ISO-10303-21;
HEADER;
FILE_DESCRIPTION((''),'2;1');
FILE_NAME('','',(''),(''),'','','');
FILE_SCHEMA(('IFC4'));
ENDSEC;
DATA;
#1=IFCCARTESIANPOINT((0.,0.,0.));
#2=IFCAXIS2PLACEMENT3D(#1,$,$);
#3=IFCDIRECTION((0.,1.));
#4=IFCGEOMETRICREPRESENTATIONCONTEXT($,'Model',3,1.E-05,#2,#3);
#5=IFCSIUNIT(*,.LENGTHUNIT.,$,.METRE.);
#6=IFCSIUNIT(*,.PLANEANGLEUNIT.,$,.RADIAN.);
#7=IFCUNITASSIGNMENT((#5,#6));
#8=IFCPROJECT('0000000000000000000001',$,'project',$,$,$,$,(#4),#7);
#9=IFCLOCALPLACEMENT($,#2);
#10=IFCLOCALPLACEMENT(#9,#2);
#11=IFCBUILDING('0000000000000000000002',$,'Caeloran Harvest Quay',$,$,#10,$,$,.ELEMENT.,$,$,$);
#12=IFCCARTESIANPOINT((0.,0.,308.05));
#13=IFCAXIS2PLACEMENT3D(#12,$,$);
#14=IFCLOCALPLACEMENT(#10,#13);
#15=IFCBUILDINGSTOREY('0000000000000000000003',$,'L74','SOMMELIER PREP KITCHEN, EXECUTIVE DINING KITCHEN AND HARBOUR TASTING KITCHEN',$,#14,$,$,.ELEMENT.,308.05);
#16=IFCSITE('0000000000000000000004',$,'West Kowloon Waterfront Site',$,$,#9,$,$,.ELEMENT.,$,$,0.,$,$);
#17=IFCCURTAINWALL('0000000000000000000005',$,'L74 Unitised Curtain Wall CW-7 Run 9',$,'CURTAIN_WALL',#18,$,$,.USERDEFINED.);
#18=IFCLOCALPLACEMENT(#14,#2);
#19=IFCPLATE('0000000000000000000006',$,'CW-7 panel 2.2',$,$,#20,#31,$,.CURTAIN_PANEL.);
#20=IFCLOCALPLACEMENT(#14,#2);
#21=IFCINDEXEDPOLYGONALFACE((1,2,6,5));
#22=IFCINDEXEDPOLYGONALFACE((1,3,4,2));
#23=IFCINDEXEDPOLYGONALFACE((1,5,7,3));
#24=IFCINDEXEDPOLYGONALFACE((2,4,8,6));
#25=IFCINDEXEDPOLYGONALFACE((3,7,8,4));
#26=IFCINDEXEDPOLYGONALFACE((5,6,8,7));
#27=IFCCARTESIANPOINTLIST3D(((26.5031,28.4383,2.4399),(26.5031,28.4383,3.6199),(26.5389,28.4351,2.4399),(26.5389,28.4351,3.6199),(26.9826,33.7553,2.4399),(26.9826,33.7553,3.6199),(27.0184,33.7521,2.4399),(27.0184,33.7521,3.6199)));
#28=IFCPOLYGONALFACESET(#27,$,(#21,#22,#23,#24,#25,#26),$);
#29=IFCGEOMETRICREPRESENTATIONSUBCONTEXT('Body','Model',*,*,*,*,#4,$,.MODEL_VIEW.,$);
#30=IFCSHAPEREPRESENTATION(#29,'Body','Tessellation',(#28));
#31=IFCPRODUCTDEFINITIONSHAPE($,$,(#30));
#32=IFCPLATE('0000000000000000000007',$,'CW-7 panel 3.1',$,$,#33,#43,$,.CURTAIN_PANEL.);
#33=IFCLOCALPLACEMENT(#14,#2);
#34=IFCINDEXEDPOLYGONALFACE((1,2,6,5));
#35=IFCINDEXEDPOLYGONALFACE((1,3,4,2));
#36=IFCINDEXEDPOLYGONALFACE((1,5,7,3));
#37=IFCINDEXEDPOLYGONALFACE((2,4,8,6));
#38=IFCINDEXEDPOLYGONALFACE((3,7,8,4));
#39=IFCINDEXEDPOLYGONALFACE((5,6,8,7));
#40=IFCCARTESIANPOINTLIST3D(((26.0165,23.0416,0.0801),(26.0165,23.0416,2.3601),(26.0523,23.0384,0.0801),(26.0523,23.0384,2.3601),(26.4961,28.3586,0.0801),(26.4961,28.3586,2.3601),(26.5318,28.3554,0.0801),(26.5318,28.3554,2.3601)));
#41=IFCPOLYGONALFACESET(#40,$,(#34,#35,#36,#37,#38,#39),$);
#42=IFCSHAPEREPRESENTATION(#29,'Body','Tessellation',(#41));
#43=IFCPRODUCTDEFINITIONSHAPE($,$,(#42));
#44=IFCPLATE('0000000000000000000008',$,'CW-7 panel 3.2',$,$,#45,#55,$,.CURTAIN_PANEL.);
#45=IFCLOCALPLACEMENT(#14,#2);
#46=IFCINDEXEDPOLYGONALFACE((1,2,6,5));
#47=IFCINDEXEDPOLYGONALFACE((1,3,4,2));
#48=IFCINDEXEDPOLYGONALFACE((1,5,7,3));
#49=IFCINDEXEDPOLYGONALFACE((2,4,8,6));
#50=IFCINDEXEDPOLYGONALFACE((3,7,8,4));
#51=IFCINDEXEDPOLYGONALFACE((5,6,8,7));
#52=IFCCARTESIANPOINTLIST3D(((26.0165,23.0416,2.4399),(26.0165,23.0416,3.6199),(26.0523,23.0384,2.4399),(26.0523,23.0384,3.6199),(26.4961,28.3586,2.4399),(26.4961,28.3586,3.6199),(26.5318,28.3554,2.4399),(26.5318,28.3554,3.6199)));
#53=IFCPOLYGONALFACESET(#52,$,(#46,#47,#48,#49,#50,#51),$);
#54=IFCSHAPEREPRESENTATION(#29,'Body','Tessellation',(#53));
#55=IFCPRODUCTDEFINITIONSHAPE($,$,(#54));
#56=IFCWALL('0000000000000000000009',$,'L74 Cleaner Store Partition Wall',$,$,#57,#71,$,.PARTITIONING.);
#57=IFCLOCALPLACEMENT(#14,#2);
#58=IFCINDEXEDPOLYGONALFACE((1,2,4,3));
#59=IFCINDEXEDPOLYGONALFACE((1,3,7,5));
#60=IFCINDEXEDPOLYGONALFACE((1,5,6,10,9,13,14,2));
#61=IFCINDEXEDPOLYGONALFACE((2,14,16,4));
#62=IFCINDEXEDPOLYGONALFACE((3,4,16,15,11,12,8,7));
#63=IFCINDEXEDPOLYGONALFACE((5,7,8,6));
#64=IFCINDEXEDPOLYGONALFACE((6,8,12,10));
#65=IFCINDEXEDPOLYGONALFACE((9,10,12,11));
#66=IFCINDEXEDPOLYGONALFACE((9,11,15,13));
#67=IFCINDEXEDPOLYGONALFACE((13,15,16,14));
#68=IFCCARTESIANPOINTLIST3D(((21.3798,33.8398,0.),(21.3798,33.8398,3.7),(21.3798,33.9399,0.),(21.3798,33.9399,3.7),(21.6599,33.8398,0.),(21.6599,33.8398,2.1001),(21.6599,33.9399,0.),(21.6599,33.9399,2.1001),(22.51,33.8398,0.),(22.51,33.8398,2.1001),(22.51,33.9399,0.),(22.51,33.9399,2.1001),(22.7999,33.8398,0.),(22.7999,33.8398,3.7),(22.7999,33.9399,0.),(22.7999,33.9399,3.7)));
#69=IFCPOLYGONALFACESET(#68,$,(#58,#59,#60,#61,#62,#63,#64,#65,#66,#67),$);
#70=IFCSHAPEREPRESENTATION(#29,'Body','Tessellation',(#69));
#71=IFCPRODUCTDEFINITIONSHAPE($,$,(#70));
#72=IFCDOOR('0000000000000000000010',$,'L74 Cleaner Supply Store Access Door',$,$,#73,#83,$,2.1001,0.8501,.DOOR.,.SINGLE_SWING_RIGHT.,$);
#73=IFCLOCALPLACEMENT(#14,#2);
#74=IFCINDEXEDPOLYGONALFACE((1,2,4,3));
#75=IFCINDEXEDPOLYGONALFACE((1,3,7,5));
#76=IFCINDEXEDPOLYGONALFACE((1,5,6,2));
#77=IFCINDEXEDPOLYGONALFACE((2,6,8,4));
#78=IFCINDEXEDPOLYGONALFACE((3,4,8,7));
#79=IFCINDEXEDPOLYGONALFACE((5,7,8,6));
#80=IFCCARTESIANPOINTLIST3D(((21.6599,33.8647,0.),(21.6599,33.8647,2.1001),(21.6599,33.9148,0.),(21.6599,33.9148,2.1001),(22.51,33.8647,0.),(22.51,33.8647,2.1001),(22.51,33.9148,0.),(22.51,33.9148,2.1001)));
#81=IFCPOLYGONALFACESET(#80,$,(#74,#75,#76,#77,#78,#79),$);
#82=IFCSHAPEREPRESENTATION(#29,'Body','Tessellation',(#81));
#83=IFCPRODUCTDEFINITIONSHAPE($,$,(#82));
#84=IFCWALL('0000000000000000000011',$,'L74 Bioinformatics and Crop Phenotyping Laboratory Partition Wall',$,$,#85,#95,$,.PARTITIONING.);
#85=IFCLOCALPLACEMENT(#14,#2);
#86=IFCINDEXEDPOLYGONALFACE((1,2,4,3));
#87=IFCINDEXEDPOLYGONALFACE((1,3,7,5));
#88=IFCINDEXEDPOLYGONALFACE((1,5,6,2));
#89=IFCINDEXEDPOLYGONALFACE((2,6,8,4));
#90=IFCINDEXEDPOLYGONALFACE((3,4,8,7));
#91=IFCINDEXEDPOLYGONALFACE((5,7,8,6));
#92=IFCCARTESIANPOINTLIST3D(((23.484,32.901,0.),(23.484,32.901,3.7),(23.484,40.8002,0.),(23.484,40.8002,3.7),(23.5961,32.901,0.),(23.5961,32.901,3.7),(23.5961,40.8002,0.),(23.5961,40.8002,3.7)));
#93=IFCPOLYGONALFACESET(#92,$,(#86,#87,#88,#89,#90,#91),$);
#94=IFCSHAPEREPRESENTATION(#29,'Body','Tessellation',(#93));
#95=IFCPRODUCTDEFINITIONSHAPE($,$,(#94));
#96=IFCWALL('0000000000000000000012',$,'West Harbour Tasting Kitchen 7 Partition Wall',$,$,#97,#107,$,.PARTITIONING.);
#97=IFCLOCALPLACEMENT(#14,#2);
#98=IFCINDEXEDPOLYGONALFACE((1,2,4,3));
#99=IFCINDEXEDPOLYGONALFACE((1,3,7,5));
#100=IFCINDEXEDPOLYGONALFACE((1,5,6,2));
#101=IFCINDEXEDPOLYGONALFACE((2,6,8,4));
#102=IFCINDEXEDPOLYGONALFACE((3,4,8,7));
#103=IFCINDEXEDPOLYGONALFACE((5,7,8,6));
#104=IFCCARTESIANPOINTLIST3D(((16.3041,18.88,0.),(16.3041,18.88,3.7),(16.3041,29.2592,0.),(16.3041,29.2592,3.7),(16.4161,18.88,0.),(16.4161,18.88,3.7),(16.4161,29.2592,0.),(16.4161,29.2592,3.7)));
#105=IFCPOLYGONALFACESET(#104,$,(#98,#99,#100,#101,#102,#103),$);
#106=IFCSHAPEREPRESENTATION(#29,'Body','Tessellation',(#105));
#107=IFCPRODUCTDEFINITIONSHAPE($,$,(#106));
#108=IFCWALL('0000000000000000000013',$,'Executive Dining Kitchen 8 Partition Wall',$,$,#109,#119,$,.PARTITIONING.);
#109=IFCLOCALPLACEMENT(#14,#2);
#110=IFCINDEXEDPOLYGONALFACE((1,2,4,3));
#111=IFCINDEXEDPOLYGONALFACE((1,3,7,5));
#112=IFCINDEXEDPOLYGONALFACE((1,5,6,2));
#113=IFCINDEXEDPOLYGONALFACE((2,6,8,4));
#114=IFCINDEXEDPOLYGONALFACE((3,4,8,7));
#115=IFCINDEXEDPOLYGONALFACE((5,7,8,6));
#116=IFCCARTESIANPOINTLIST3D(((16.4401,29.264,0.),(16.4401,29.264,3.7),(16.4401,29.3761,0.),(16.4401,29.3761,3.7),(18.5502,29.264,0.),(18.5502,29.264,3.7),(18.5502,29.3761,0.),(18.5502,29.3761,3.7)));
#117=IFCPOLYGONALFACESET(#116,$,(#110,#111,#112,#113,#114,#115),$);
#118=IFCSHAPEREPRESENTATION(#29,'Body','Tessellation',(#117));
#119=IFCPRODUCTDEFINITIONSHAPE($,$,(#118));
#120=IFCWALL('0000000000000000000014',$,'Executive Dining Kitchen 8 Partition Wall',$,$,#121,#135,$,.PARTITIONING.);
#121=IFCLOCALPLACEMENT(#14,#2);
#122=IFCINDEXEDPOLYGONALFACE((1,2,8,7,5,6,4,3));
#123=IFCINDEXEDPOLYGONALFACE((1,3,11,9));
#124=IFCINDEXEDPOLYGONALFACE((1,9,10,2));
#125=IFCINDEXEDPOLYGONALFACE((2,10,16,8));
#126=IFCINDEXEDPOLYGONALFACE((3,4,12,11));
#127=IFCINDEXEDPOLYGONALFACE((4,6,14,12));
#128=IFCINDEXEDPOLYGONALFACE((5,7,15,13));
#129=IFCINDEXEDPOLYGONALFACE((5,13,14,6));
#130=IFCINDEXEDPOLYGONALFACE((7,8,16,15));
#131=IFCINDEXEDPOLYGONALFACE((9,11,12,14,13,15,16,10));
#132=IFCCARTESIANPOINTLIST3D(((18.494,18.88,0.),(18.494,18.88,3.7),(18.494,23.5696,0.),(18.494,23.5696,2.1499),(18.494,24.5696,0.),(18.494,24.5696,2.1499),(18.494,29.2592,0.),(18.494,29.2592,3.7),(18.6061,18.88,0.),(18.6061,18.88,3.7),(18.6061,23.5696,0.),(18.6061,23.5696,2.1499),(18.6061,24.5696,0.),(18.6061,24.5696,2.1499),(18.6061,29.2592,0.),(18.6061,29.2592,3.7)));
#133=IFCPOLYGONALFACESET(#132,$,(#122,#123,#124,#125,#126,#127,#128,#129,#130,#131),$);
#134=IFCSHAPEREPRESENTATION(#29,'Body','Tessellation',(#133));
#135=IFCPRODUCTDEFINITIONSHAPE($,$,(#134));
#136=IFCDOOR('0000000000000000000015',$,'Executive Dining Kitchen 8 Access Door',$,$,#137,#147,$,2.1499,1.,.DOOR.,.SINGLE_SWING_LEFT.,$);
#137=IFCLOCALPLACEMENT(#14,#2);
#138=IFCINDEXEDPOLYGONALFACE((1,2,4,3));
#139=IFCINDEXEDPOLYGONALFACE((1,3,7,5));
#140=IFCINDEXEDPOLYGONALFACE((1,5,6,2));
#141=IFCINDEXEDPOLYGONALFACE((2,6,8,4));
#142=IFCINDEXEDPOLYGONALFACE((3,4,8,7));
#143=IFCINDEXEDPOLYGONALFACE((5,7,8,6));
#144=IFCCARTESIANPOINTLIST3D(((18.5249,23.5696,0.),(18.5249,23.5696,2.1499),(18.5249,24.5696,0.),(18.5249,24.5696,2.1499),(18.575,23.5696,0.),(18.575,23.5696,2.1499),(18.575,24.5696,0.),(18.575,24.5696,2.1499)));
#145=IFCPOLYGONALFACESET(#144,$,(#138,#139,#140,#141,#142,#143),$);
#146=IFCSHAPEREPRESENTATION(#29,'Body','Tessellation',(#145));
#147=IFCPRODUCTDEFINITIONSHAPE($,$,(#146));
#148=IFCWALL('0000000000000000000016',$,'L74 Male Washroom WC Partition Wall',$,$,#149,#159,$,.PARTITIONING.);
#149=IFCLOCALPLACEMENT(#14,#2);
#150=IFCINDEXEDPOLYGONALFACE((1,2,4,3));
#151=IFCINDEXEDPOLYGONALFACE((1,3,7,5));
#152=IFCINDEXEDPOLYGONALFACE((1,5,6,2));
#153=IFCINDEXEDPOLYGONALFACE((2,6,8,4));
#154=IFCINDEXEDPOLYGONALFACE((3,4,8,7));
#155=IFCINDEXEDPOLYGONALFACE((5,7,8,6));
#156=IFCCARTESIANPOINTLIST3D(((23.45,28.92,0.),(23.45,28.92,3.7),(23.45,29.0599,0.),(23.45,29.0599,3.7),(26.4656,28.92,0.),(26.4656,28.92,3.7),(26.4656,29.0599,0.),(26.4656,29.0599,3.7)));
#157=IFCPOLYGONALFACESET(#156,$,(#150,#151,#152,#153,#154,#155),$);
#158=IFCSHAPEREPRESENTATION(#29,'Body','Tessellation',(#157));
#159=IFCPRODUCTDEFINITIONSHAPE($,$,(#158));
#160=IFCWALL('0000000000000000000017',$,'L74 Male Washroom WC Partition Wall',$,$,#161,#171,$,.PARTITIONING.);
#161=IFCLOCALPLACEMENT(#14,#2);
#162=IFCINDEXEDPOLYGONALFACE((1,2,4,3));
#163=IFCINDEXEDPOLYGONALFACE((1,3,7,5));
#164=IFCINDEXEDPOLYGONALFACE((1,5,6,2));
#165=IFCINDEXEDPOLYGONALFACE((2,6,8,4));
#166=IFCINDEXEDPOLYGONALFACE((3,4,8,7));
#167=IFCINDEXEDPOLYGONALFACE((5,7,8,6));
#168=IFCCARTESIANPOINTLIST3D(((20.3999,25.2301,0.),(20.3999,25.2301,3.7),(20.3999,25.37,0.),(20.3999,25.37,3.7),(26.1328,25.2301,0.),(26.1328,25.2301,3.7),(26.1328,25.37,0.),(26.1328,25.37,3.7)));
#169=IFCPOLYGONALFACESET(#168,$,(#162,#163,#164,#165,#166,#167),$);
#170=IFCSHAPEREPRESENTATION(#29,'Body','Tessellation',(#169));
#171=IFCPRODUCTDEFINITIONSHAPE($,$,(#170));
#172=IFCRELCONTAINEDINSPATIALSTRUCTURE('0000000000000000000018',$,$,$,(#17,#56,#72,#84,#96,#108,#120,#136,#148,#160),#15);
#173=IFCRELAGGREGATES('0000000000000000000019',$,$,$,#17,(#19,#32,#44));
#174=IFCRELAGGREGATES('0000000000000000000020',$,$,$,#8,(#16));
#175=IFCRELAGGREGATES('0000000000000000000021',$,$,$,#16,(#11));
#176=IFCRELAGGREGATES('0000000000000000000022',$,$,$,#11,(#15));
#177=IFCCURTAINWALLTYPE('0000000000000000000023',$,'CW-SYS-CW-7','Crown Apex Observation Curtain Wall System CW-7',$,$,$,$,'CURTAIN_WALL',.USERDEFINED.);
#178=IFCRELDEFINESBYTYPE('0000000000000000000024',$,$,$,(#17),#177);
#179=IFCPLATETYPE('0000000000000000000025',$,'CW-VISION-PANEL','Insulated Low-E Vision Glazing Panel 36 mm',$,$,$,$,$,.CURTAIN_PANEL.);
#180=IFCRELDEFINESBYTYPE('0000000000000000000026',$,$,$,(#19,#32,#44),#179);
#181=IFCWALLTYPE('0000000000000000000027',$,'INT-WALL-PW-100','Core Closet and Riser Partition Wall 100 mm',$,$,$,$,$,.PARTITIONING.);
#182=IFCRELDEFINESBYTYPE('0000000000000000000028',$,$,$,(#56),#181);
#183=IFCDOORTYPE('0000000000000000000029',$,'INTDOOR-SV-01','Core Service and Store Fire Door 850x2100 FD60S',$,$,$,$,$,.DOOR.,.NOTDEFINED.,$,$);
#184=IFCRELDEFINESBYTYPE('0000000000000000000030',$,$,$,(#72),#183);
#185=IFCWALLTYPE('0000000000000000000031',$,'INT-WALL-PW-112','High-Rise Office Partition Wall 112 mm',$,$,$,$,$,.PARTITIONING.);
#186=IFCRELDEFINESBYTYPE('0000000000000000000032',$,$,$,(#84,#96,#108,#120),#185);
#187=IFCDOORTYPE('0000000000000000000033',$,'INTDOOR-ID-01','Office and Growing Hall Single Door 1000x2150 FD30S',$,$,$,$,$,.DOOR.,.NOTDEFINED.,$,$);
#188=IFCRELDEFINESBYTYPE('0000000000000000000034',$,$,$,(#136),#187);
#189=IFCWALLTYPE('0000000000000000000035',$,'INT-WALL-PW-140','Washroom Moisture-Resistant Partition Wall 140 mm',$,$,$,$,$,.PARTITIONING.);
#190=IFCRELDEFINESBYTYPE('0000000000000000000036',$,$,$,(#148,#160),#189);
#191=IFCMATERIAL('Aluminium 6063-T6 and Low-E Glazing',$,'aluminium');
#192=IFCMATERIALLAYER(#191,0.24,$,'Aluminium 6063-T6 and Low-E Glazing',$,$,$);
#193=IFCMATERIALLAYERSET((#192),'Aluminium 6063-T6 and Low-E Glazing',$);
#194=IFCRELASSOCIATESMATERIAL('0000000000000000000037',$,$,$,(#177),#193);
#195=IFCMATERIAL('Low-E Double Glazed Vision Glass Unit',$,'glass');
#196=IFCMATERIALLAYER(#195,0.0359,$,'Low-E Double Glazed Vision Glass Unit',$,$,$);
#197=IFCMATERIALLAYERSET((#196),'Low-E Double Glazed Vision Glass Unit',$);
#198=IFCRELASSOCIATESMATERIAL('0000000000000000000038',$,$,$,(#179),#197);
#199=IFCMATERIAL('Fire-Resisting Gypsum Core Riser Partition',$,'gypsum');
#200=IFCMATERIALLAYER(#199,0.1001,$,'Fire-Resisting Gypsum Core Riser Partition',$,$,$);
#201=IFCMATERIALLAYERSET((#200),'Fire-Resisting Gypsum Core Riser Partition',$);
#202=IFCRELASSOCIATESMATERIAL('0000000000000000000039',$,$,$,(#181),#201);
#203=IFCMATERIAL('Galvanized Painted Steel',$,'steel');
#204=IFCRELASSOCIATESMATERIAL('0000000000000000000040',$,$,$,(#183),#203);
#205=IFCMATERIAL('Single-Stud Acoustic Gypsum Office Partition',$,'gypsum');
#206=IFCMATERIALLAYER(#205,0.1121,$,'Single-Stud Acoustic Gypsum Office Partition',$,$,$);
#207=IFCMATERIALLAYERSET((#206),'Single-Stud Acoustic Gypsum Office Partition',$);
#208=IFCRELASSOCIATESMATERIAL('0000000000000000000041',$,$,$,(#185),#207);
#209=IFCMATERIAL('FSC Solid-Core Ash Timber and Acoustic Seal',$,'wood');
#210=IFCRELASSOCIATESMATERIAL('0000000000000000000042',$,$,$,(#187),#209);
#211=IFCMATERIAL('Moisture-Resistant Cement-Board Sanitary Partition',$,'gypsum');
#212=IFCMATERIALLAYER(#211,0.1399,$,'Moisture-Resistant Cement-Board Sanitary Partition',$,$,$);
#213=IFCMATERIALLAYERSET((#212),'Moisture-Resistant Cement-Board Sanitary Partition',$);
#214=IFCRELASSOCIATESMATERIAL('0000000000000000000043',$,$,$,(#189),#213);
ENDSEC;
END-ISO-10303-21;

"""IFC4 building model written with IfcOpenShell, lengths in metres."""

from ifc_helpers import new_model, si_unit, direction, frame, frame_2d, origin, origin_2d, place, context, subcontext, project, spatial, rectangle, extrude, material, layer, layer_set, type_object, element, fill, aggregate, save


model = new_model("IFC4")

# Units and contexts
model_context = context("Model", 3, precision=1e-05, world=origin(), true_north=direction((0.0, 1.0)))
body_context = subcontext(model_context, "Body", "Model", "MODEL_VIEW")
ifc_project = project(units=[si_unit("LENGTHUNIT", "METRE"), si_unit("PLANEANGLEUNIT", "RADIAN")], contexts=[model_context])

# Site, building, storey
site_placement = place(None, origin())
site = spatial("IfcSite", under=ifc_project, at=site_placement, Name="West Kowloon Waterfront Site", CompositionType="ELEMENT", RefElevation=0.0)
building_placement = place(site_placement, origin())
building = spatial("IfcBuilding", under=site, at=building_placement, Name="Caeloran Harvest Quay", CompositionType="ELEMENT")
storey_placement = place(building_placement, frame((0.0, 0.0, 308.05)))
storey = spatial("IfcBuildingStorey", under=building, at=storey_placement, Name="L74", Description="SOMMELIER PREP KITCHEN, EXECUTIVE DINING KITCHEN AND HARBOUR TASTING KITCHEN", CompositionType="ELEMENT", Elevation=308.05)

# Curtain wall, plates
ifc_material_1 = material(Name="Aluminium 6063-T6 and Low-E Glazing", Category="aluminium")
ifc_layer_1 = layer(ifc_material_1, 0.24, Name="Aluminium 6063-T6 and Low-E Glazing")
ifc_layer_set_1 = layer_set([ifc_layer_1], Name="Aluminium 6063-T6 and Low-E Glazing")
curtain_wall_type = type_object("IfcCurtainWallType", Name="CW-SYS-CW-7", Description="Crown Apex Observation Curtain Wall System CW-7", ElementType="CURTAIN_WALL", PredefinedType="USERDEFINED", material=ifc_layer_set_1)
curtain_wall_placement = place(storey_placement, origin())
curtain_wall = element("IfcCurtainWall", 1, at=curtain_wall_placement, inside=storey, type_object=curtain_wall_type, Name="L74 Unitised Curtain Wall CW-7 Run 9", ObjectType="CURTAIN_WALL", PredefinedType="USERDEFINED")
ifc_material_2 = material(Name="Low-E Double Glazed Vision Glass Unit", Category="glass")
ifc_layer_2 = layer(ifc_material_2, 0.0359, Name="Low-E Double Glazed Vision Glass Unit")
ifc_layer_set_2 = layer_set([ifc_layer_2], Name="Low-E Double Glazed Vision Glass Unit")
plate_type = type_object("IfcPlateType", Name="CW-VISION-PANEL", Description="Insulated Low-E Vision Glazing Panel 36 mm", PredefinedType="CURTAIN_PANEL", material=ifc_layer_set_2)
plate_1_placement = place(storey_placement, frame((26.7607, 31.0952, 2.4399), z_axis=(0.0, 0.0, 1.0), x_axis=(-0.089821, -0.995958, 0.0)))
plate_1 = element("IfcPlate", 2, at=plate_1_placement, type_object=plate_type, Name="CW-7 panel 2.2", PredefinedType="CURTAIN_PANEL", context=body_context, shape_type="SweptSolid", body=[
    extrude(rectangle(XDim=5.3386, YDim=0.0359, at=origin_2d()), origin(), (0.0, 0.0, 1.0), 1.1799),
])
plate_2_placement = place(storey_placement, frame((26.2742, 25.6985, 0.0801), z_axis=(0.0, 0.0, 1.0), x_axis=(-0.089821, -0.995958, 0.0)))
plate_2 = element("IfcPlate", 3, at=plate_2_placement, type_object=plate_type, Name="CW-7 panel 3.1", PredefinedType="CURTAIN_PANEL", context=body_context, shape_type="SweptSolid", body=[
    extrude(rectangle(XDim=5.3386, YDim=0.0359, at=origin_2d()), origin(), (0.0, 0.0, 1.0), 2.28),
])
plate_3_placement = place(storey_placement, frame((26.2742, 25.6985, 2.4399), z_axis=(0.0, 0.0, 1.0), x_axis=(-0.089821, -0.995958, 0.0)))
plate_3 = element("IfcPlate", 4, at=plate_3_placement, type_object=plate_type, Name="CW-7 panel 3.2", PredefinedType="CURTAIN_PANEL", context=body_context, shape_type="SweptSolid", body=[
    extrude(rectangle(XDim=5.3386, YDim=0.0359, at=origin_2d()), origin(), (0.0, 0.0, 1.0), 1.1799),
])
aggregate(curtain_wall, [plate_1, plate_2, plate_3])

# Wall, opening, door
ifc_material_3 = material(Name="Fire-Resisting Gypsum Core Riser Partition", Category="gypsum")
ifc_layer_3 = layer(ifc_material_3, 0.1001, Name="Fire-Resisting Gypsum Core Riser Partition")
ifc_layer_set_3 = layer_set([ifc_layer_3], Name="Fire-Resisting Gypsum Core Riser Partition")
wall_type_1 = type_object("IfcWallType", Name="INT-WALL-PW-100", Description="Core Closet and Riser Partition Wall 100 mm", PredefinedType="PARTITIONING", material=ifc_layer_set_3)
wall_1_placement = place(storey_placement, frame((21.3799, 33.8899, 0.0), z_axis=(0.0, 0.0, 1.0), x_axis=(1.0, 0.0, 0.0)))
wall_1 = element("IfcWall", 5, at=wall_1_placement, inside=storey, type_object=wall_type_1, Name="L74 Cleaner Store Partition Wall", PredefinedType="PARTITIONING", context=body_context, shape_type="SweptSolid", body=[
    extrude(rectangle(XDim=1.4202, YDim=0.1001, at=frame_2d((0.71, 0.0))), origin(), (0.0, 0.0, 1.0), 3.7),
])
opening_1_placement = place(wall_1_placement, frame((0.28, 0.0, 0.0)))
opening_1 = element("IfcOpeningElement", 6, at=opening_1_placement, cuts=wall_1, PredefinedType="OPENING", context=body_context, shape_type="SweptSolid", body=[
    extrude(rectangle(XDim=0.8501, YDim=2.1001, at=frame_2d((0.425, 1.05))), frame((0.0, 0.0601, 0.0), z_axis=(0.0, -1.0, 0.0), x_axis=(1.0, 0.0, 0.0)), (0.0, 0.0, 1.0), 0.1201),
])
ifc_material_4 = material(Name="Galvanized Painted Steel", Category="steel")
door_type_1 = type_object("IfcDoorType", Name="INTDOOR-SV-01", Description="Core Service and Store Fire Door 850x2100 FD60S", OperationType="NOTDEFINED", PredefinedType="DOOR", material=ifc_material_4)
door_1_placement = place(opening_1_placement, origin())
door_1 = element("IfcDoor", 7, at=door_1_placement, inside=storey, type_object=door_type_1, Name="L74 Cleaner Supply Store Access Door", OperationType="SINGLE_SWING_RIGHT", OverallHeight=2.1001, OverallWidth=0.8501, PredefinedType="DOOR", context=body_context, shape_type="SweptSolid", body=[
    extrude(rectangle(XDim=0.8501, YDim=2.1001, at=frame_2d((0.425, 1.05))), frame((0.0, 0.0249, 0.0), z_axis=(0.0, -1.0, 0.0), x_axis=(1.0, 0.0, 0.0)), (0.0, 0.0, 1.0), 0.05),
])
fill(opening_1, door_1)
ifc_material_5 = material(Name="Single-Stud Acoustic Gypsum Office Partition", Category="gypsum")
ifc_layer_4 = layer(ifc_material_5, 0.1121, Name="Single-Stud Acoustic Gypsum Office Partition")
ifc_layer_set_4 = layer_set([ifc_layer_4], Name="Single-Stud Acoustic Gypsum Office Partition")
wall_type_2 = type_object("IfcWallType", Name="INT-WALL-PW-112", Description="High-Rise Office Partition Wall 112 mm", PredefinedType="PARTITIONING", material=ifc_layer_set_4)
ifc_material_6 = material(Name="FSC Solid-Core Ash Timber and Acoustic Seal", Category="wood")
door_type_2 = type_object("IfcDoorType", Name="INTDOOR-ID-01", Description="Office and Growing Hall Single Door 1000x2150 FD30S", OperationType="NOTDEFINED", PredefinedType="DOOR", material=ifc_material_6)

# Walls
wall_2_placement = place(storey_placement, frame((23.54, 32.9009, 0.0), z_axis=(0.0, 0.0, 1.0), x_axis=(0.0, 1.0, 0.0)))
element("IfcWall", 8, at=wall_2_placement, inside=storey, type_object=wall_type_2, Name="L74 Bioinformatics and Crop Phenotyping Laboratory Partition Wall", PredefinedType="PARTITIONING", context=body_context, shape_type="SweptSolid", body=[
    extrude(rectangle(XDim=7.8992, YDim=0.1121, at=frame_2d((3.9497, 0.0))), origin(), (0.0, 0.0, 1.0), 3.7),
])
wall_3_placement = place(storey_placement, frame((16.3601, 29.259, 0.0), z_axis=(0.0, 0.0, 1.0), x_axis=(0.0, -1.0, 0.0)))
element("IfcWall", 9, at=wall_3_placement, inside=storey, type_object=wall_type_2, Name="West Harbour Tasting Kitchen 7 Partition Wall", PredefinedType="PARTITIONING", context=body_context, shape_type="SweptSolid", body=[
    extrude(rectangle(XDim=10.3792, YDim=0.1121, at=frame_2d((5.1895, 0.0))), origin(), (0.0, 0.0, 1.0), 3.7),
])
wall_4_placement = place(storey_placement, frame((16.4399, 29.3201, 0.0), z_axis=(0.0, 0.0, 1.0), x_axis=(1.0, 0.0, 0.0)))
element("IfcWall", 10, at=wall_4_placement, inside=storey, type_object=wall_type_2, Name="Executive Dining Kitchen 8 Partition Wall", PredefinedType="PARTITIONING", context=body_context, shape_type="SweptSolid", body=[
    extrude(rectangle(XDim=2.1101, YDim=0.1121, at=frame_2d((1.0552, 0.0))), origin(), (0.0, 0.0, 1.0), 3.7),
])

# Wall, opening, door
wall_5_placement = place(storey_placement, frame((18.55, 29.259, 0.0), z_axis=(0.0, 0.0, 1.0), x_axis=(0.0, -1.0, 0.0)))
wall_5 = element("IfcWall", 11, at=wall_5_placement, inside=storey, type_object=wall_type_2, Name="Executive Dining Kitchen 8 Partition Wall", PredefinedType="PARTITIONING", context=body_context, shape_type="SweptSolid", body=[
    extrude(rectangle(XDim=10.3792, YDim=0.1121, at=frame_2d((5.1895, 0.0))), origin(), (0.0, 0.0, 1.0), 3.7),
])
opening_2_placement = place(wall_5_placement, frame((4.6895, 0.0, 0.0)))
opening_2 = element("IfcOpeningElement", 12, at=opening_2_placement, cuts=wall_5, PredefinedType="OPENING", context=body_context, shape_type="SweptSolid", body=[
    extrude(rectangle(XDim=1.0, YDim=2.1499, at=frame_2d((0.5, 1.075))), frame((0.0, 0.0659, 0.0), z_axis=(0.0, -1.0, 0.0), x_axis=(1.0, 0.0, 0.0)), (0.0, 0.0, 1.0), 0.1321),
])
door_2_placement = place(opening_2_placement, origin())
door_2 = element("IfcDoor", 13, at=door_2_placement, inside=storey, type_object=door_type_2, Name="Executive Dining Kitchen 8 Access Door", OperationType="SINGLE_SWING_LEFT", OverallHeight=2.1499, OverallWidth=1.0, PredefinedType="DOOR", context=body_context, shape_type="SweptSolid", body=[
    extrude(rectangle(XDim=1.0, YDim=2.1499, at=frame_2d((0.5, 1.075))), frame((0.0, 0.0249, 0.0), z_axis=(0.0, -1.0, 0.0), x_axis=(1.0, 0.0, 0.0)), (0.0, 0.0, 1.0), 0.05),
])
fill(opening_2, door_2)

# Walls
ifc_material_7 = material(Name="Moisture-Resistant Cement-Board Sanitary Partition", Category="gypsum")
ifc_layer_5 = layer(ifc_material_7, 0.1399, Name="Moisture-Resistant Cement-Board Sanitary Partition")
ifc_layer_set_5 = layer_set([ifc_layer_5], Name="Moisture-Resistant Cement-Board Sanitary Partition")
wall_type_3 = type_object("IfcWallType", Name="INT-WALL-PW-140", Description="Washroom Moisture-Resistant Partition Wall 140 mm", PredefinedType="PARTITIONING", material=ifc_layer_set_5)
wall_6_placement = place(storey_placement, frame((23.45, 28.99, 0.0), z_axis=(0.0, 0.0, 1.0), x_axis=(1.0, 0.0, 0.0)))
element("IfcWall", 14, at=wall_6_placement, inside=storey, type_object=wall_type_3, Name="L74 Male Washroom WC Partition Wall", PredefinedType="PARTITIONING", context=body_context, shape_type="SweptSolid", body=[
    extrude(rectangle(XDim=3.0156, YDim=0.1399, at=frame_2d((1.5078, 0.0))), origin(), (0.0, 0.0, 1.0), 3.7),
])
wall_7_placement = place(storey_placement, frame((26.1328, 25.3, 0.0), z_axis=(0.0, 0.0, 1.0), x_axis=(-1.0, 0.0, 0.0)))
element("IfcWall", 15, at=wall_7_placement, inside=storey, type_object=wall_type_3, Name="L74 Male Washroom WC Partition Wall", PredefinedType="PARTITIONING", context=body_context, shape_type="SweptSolid", body=[
    extrude(rectangle(XDim=5.7329, YDim=0.1399, at=frame_2d((2.8665, 0.0))), origin(), (0.0, 0.0, 1.0), 3.7),
])

save(model, "model.ifc")
